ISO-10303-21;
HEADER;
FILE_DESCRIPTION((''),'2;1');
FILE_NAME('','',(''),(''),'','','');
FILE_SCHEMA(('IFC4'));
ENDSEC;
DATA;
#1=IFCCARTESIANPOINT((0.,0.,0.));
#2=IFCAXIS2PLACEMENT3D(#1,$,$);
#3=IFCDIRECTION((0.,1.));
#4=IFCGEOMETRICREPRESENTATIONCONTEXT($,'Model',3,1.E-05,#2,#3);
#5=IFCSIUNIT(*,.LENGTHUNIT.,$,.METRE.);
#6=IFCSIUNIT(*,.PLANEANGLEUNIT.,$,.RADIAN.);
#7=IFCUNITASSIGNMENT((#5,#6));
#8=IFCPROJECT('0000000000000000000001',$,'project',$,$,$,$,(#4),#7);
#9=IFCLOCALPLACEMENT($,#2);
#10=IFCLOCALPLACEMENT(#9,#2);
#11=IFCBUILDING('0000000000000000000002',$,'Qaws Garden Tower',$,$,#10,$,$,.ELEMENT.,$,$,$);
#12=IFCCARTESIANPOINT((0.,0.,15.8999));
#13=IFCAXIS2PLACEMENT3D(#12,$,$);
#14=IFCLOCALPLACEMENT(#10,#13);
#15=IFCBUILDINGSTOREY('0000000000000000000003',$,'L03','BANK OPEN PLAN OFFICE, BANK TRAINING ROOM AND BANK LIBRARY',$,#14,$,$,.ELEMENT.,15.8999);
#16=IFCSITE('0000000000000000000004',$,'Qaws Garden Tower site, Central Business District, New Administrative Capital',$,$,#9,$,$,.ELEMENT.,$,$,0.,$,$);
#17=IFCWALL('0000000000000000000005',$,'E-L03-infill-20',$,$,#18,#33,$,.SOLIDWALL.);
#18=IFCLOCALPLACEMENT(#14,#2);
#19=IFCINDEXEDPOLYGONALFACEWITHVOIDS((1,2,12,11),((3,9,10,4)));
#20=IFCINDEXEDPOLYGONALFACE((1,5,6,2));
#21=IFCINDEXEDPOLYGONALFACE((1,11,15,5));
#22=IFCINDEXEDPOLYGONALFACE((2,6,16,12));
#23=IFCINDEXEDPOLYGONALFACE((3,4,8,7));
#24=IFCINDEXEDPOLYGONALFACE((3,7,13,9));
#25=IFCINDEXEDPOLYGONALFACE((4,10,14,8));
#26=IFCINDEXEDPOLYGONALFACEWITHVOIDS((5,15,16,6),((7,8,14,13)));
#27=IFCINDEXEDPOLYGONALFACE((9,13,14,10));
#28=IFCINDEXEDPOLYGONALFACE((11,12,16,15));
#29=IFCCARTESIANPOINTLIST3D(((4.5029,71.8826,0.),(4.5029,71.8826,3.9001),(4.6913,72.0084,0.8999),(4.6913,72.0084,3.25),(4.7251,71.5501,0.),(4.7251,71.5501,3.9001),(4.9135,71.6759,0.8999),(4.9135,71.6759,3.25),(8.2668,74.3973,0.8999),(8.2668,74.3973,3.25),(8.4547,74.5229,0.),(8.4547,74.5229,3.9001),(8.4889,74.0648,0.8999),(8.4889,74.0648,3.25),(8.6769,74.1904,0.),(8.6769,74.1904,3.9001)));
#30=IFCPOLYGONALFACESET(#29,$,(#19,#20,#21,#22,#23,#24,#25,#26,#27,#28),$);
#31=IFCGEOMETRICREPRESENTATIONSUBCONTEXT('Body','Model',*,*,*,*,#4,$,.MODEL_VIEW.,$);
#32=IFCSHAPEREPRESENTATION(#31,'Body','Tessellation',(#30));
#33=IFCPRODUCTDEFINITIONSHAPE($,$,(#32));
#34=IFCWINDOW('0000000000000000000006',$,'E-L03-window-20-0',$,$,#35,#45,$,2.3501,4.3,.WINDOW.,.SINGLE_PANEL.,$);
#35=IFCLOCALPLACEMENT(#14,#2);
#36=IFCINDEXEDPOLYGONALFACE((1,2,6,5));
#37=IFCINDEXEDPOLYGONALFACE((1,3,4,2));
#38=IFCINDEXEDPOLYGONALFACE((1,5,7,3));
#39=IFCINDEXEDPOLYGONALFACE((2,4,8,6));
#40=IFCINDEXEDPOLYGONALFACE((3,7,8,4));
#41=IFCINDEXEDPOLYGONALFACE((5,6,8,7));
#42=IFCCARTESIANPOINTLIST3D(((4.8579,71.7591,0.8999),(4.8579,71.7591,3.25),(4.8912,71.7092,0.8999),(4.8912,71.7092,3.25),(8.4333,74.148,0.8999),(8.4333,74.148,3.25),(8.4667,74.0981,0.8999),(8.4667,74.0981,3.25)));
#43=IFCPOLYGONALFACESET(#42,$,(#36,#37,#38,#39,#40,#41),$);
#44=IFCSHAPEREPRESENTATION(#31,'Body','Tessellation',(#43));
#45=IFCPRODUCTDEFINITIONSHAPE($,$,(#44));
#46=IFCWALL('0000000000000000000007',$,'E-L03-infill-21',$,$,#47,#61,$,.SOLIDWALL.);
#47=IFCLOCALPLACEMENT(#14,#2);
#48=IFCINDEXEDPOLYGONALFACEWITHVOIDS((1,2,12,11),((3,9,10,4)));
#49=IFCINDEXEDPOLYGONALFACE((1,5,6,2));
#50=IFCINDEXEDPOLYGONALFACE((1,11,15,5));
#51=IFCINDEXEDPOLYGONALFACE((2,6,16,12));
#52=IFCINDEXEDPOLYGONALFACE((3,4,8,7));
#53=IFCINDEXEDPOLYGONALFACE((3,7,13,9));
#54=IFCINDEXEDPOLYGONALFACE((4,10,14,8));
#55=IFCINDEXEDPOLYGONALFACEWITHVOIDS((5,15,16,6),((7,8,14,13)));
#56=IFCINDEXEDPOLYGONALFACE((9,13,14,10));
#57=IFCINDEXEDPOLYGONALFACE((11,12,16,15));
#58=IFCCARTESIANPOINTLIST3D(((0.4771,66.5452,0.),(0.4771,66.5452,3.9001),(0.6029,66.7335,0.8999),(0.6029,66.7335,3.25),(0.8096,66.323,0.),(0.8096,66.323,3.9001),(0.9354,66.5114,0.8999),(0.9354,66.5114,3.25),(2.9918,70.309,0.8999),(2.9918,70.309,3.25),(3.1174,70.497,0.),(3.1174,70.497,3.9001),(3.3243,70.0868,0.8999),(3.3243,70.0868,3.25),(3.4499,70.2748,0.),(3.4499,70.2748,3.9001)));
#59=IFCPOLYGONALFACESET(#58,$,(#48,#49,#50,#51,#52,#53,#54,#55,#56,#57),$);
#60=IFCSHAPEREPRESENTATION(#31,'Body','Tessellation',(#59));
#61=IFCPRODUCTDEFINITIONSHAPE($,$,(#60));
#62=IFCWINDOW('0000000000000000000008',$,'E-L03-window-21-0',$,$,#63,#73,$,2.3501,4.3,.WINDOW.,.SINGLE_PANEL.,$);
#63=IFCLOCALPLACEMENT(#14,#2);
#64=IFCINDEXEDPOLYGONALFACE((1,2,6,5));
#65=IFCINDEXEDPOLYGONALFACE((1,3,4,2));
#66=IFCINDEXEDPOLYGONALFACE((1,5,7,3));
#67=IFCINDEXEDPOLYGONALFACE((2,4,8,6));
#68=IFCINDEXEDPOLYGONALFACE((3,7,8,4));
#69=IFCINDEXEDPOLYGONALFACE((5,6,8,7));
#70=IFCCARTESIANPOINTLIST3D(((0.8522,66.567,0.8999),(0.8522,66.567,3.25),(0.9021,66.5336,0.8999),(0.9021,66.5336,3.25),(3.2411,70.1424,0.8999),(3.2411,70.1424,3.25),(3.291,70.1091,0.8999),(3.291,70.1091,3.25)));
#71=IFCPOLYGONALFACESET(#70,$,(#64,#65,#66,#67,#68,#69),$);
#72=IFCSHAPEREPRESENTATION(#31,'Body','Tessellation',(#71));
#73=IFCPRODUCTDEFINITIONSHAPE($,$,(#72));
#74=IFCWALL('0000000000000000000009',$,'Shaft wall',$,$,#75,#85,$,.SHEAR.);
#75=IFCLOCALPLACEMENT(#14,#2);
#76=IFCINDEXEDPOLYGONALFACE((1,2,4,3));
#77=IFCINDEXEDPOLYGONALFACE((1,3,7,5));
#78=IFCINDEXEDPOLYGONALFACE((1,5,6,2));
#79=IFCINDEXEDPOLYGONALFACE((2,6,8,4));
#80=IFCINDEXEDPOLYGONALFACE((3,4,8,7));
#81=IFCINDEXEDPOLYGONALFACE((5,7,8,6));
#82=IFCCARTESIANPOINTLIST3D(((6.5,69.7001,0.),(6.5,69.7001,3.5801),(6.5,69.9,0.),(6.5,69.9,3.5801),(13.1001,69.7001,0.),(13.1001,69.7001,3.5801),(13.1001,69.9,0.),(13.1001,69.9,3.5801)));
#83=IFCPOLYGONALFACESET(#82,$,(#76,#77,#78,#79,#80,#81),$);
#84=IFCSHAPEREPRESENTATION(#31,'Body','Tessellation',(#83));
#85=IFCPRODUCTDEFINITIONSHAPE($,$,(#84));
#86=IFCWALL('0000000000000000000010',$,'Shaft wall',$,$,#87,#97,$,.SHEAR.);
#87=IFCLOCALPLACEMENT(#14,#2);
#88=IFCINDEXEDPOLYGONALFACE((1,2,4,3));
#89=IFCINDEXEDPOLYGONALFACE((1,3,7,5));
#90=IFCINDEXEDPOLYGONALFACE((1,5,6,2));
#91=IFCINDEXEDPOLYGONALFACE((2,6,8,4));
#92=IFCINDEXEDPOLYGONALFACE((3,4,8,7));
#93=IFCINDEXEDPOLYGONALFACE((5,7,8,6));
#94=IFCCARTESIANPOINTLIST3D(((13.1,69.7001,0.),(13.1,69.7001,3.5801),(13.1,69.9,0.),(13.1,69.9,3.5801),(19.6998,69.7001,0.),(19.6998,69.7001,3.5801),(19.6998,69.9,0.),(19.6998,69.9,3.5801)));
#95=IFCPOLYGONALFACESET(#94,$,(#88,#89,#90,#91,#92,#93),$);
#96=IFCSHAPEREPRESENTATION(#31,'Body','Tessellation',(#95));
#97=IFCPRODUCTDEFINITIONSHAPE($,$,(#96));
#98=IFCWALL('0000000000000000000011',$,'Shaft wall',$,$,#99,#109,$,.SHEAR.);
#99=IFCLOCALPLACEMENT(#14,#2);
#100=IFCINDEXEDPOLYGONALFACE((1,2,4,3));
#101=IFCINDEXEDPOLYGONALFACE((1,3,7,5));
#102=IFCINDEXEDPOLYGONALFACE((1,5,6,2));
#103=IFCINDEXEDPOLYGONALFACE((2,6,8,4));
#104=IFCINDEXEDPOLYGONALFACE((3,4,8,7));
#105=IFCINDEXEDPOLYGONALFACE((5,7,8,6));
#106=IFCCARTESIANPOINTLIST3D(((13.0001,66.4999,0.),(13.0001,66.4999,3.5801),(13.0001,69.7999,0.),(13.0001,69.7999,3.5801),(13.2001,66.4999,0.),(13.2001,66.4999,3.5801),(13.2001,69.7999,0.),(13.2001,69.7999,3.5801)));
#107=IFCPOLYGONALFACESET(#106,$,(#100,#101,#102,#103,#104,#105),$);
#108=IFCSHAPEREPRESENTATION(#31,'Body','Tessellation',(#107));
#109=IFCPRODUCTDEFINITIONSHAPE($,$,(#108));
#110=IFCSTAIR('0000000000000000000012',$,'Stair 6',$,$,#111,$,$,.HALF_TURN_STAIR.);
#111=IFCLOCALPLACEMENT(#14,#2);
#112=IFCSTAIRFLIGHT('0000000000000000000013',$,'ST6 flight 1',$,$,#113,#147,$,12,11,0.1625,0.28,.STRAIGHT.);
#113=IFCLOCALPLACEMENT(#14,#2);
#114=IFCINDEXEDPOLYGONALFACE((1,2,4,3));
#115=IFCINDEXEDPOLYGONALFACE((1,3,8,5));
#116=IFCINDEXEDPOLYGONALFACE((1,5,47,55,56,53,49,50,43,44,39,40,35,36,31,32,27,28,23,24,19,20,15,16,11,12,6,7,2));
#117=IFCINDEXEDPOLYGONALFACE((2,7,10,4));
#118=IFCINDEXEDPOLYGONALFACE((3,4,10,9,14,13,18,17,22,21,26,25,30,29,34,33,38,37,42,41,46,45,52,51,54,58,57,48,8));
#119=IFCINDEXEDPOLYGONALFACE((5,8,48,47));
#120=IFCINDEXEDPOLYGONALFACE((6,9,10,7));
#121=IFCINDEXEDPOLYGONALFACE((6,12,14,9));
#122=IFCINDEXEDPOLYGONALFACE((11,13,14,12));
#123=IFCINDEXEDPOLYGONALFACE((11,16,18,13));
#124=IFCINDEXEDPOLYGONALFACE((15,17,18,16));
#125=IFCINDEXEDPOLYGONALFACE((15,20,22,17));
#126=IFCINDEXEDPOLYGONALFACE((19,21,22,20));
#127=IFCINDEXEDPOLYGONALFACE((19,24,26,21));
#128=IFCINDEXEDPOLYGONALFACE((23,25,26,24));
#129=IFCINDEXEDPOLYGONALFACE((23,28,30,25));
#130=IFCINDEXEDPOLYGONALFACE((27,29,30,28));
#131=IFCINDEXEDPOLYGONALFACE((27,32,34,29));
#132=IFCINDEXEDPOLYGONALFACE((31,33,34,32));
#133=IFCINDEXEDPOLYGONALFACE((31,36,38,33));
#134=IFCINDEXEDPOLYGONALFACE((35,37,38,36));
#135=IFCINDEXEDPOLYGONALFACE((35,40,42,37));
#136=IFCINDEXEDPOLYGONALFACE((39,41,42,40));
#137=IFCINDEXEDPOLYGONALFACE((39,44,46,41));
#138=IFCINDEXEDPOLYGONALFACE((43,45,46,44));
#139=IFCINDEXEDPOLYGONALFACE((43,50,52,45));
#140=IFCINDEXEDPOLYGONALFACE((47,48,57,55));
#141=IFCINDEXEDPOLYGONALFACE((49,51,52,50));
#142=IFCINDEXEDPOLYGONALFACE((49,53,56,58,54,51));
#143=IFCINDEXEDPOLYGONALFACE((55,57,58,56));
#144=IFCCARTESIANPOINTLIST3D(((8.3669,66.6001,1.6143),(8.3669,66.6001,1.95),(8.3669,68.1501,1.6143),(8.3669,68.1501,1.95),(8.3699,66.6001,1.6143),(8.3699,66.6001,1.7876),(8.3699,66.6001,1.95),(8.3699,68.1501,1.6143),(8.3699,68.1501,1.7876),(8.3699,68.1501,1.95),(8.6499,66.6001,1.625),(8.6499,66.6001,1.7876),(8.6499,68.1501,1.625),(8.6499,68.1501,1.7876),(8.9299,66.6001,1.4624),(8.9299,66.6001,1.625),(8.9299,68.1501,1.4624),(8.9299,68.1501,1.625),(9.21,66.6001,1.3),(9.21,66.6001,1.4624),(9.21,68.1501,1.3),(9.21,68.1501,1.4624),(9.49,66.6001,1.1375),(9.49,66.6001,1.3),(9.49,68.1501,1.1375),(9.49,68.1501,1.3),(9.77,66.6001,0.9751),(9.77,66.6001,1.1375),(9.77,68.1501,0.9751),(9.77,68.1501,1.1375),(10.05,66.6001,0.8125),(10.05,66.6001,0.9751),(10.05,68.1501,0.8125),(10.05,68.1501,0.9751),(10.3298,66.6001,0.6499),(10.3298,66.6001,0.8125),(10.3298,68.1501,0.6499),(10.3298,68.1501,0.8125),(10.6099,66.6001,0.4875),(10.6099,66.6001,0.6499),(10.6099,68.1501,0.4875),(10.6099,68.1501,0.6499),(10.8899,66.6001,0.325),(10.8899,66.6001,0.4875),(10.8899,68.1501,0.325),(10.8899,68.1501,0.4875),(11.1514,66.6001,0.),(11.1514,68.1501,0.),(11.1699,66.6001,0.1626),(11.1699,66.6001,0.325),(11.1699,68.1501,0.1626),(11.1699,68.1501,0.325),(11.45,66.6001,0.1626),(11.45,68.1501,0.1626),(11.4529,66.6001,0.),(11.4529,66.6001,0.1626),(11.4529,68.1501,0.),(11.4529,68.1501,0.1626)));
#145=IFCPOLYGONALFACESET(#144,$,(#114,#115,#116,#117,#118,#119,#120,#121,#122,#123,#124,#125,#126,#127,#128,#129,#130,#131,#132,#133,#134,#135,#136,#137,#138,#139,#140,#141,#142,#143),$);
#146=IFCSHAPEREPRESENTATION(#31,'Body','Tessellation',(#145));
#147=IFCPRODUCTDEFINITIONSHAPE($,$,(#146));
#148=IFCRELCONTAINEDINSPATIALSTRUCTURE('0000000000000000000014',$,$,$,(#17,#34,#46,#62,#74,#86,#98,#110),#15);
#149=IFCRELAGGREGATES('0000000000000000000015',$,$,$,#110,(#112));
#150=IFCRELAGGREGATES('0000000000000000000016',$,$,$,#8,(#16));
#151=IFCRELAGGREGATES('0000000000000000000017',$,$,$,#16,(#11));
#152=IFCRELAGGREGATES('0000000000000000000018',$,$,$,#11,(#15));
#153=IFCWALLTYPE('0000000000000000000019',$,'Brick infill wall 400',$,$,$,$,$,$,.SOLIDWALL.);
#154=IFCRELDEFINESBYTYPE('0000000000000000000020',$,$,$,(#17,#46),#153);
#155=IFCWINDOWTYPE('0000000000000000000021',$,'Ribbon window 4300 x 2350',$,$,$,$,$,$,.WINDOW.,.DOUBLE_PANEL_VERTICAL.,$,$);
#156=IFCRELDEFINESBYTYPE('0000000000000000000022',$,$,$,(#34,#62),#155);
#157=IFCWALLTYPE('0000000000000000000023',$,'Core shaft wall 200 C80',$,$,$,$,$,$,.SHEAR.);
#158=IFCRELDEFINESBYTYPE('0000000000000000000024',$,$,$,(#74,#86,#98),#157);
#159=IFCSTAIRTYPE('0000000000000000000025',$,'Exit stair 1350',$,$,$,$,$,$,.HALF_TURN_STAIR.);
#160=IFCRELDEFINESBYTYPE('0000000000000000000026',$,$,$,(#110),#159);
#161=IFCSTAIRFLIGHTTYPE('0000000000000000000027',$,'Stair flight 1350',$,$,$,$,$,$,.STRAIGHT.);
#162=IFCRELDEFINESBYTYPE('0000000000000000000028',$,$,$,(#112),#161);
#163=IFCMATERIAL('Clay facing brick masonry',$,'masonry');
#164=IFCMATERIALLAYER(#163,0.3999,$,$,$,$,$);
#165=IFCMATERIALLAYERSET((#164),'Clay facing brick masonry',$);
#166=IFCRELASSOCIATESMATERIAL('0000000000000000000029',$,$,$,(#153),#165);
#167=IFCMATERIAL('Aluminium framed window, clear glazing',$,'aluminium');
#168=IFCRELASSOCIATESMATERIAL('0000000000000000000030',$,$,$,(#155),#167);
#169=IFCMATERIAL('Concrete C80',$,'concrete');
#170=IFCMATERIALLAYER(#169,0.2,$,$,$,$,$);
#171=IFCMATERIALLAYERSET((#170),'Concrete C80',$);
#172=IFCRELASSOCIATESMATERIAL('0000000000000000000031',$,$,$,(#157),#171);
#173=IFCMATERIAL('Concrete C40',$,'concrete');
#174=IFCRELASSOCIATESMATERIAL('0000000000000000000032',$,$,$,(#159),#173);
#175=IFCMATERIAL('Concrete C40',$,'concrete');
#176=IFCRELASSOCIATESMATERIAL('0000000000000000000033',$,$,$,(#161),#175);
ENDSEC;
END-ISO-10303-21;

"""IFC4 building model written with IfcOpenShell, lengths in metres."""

from ifc_helpers import new_model, si_unit, direction, frame, frame_2d, origin, place, context, subcontext, project, spatial, polyline, rectangle, outline, extrude, material, layer, layer_set, type_object, element, fill, aggregate, save


model = new_model("IFC4")

# Units and contexts
model_context = context("Model", 3, precision=1e-05, world=origin(), true_north=direction((0.0, 1.0)))
body_context = subcontext(model_context, "Body", "Model", "MODEL_VIEW")
ifc_project = project(units=[si_unit("LENGTHUNIT", "METRE"), si_unit("PLANEANGLEUNIT", "RADIAN")], contexts=[model_context])

# Site, building, storey
site_placement = place(None, origin())
site = spatial("IfcSite", under=ifc_project, at=site_placement, Name="Qaws Garden Tower site, Central Business District, New Administrative Capital", CompositionType="ELEMENT", RefElevation=0.0)
building_placement = place(site_placement, origin())
building = spatial("IfcBuilding", under=site, at=building_placement, Name="Qaws Garden Tower", CompositionType="ELEMENT")
storey_placement = place(building_placement, frame((0.0, 0.0, 15.8999)))
storey = spatial("IfcBuildingStorey", under=building, at=storey_placement, Name="L03", Description="BANK OPEN PLAN OFFICE, BANK TRAINING ROOM AND BANK LIBRARY", CompositionType="ELEMENT", Elevation=15.8999)

# Walls, openings, windows
ifc_material_1 = material(Name="Clay facing brick masonry", Category="masonry")
ifc_layer_1 = layer(ifc_material_1, 0.3999)
ifc_layer_set_1 = layer_set([ifc_layer_1], Name="Clay facing brick masonry")
wall_type_1 = type_object("IfcWallType", Name="Brick infill wall 400", PredefinedType="SOLIDWALL", material=ifc_layer_set_1)
ifc_material_2 = material(Name="Aluminium framed window, clear glazing", Category="aluminium")
window_type = type_object("IfcWindowType", Name="Ribbon window 4300 x 2350", PartitioningType="DOUBLE_PANEL_VERTICAL", PredefinedType="WINDOW", material=ifc_material_2)
wall_1_placement = place(storey_placement, frame((8.5659, 74.3567, 0.0), z_axis=(0.0, 0.0, 1.0), x_axis=(-0.831489, -0.555542, 0.0)))
wall_1 = element("IfcWall", 1, at=wall_1_placement, inside=storey, type_object=wall_type_1, Name="E-L03-infill-20", PredefinedType="SOLIDWALL", context=body_context, shape_type="SweptSolid", body=[
    extrude(rectangle(XDim=4.7527, YDim=0.3999, at=frame_2d((2.3765, 0.0))), origin(), (0.0, 0.0, 1.0), 3.9001),
])
opening_1_placement = place(wall_1_placement, frame((0.2263, 0.0, 0.8999)))
opening_1 = element("IfcOpeningElement", 2, at=opening_1_placement, cuts=wall_1, PredefinedType="OPENING", context=body_context, shape_type="SweptSolid", body=[
    extrude(rectangle(XDim=4.3, YDim=2.3501, at=frame_2d((2.1499, 1.175))), frame((0.0, 0.21, 0.0), z_axis=(0.0, -1.0, 0.0), x_axis=(1.0, 0.0, 0.0)), (0.0, 0.0, 1.0), 0.4199),
])
window_1_placement = place(opening_1_placement, origin())
window_1 = element("IfcWindow", 3, at=window_1_placement, inside=storey, type_object=window_type, Name="E-L03-window-20-0", OverallHeight=2.3501, OverallWidth=4.3, PartitioningType="SINGLE_PANEL", PredefinedType="WINDOW", context=body_context, shape_type="SweptSolid", body=[
    extrude(rectangle(XDim=4.3, YDim=2.3501, at=frame_2d((2.1499, 1.175))), frame((0.0, 0.1599, 0.0), z_axis=(0.0, -1.0, 0.0), x_axis=(1.0, 0.0, 0.0)), (0.0, 0.0, 1.0), 0.0601),
])
fill(opening_1, window_1)
wall_2_placement = place(storey_placement, frame((3.2837, 70.386, 0.0), z_axis=(0.0, 0.0, 1.0), x_axis=(-0.555542, -0.831489, 0.0)))
wall_2 = element("IfcWall", 4, at=wall_2_placement, inside=storey, type_object=wall_type_1, Name="E-L03-infill-21", PredefinedType="SOLIDWALL", context=body_context, shape_type="SweptSolid", body=[
    extrude(rectangle(XDim=4.7527, YDim=0.3999, at=frame_2d((2.3765, 0.0))), origin(), (0.0, 0.0, 1.0), 3.9001),
])
opening_2_placement = place(wall_2_placement, frame((0.2263, 0.0, 0.8999)))
opening_2 = element("IfcOpeningElement", 5, at=opening_2_placement, cuts=wall_2, PredefinedType="OPENING", context=body_context, shape_type="SweptSolid", body=[
    extrude(rectangle(XDim=4.3, YDim=2.3501, at=frame_2d((2.1499, 1.175))), frame((0.0, 0.21, 0.0), z_axis=(0.0, -1.0, 0.0), x_axis=(1.0, 0.0, 0.0)), (0.0, 0.0, 1.0), 0.4199),
])
window_2_placement = place(opening_2_placement, origin())
window_2 = element("IfcWindow", 6, at=window_2_placement, inside=storey, type_object=window_type, Name="E-L03-window-21-0", OverallHeight=2.3501, OverallWidth=4.3, PartitioningType="SINGLE_PANEL", PredefinedType="WINDOW", context=body_context, shape_type="SweptSolid", body=[
    extrude(rectangle(XDim=4.3, YDim=2.3501, at=frame_2d((2.1499, 1.175))), frame((0.0, 0.1599, 0.0), z_axis=(0.0, -1.0, 0.0), x_axis=(1.0, 0.0, 0.0)), (0.0, 0.0, 1.0), 0.0601),
])
fill(opening_2, window_2)

# Walls
ifc_material_3 = material(Name="Concrete C80", Category="concrete")
ifc_layer_2 = layer(ifc_material_3, 0.2)
ifc_layer_set_2 = layer_set([ifc_layer_2], Name="Concrete C80")
wall_type_2 = type_object("IfcWallType", Name="Core shaft wall 200 C80", PredefinedType="SHEAR", material=ifc_layer_set_2)
wall_3_placement = place(storey_placement, frame((6.5, 69.8, 0.0), z_axis=(0.0, 0.0, 1.0), x_axis=(1.0, 0.0, 0.0)))
element("IfcWall", 7, at=wall_3_placement, inside=storey, type_object=wall_type_2, Name="Shaft wall", PredefinedType="SHEAR", context=body_context, shape_type="SweptSolid", body=[
    extrude(rectangle(XDim=6.6001, YDim=0.2, at=frame_2d((3.3, 0.0))), origin(), (0.0, 0.0, 1.0), 3.5801),
])
wall_4_placement = place(storey_placement, frame((13.1001, 69.8, 0.0), z_axis=(0.0, 0.0, 1.0), x_axis=(1.0, 0.0, 0.0)))
element("IfcWall", 8, at=wall_4_placement, inside=storey, type_object=wall_type_2, Name="Shaft wall", PredefinedType="SHEAR", context=body_context, shape_type="SweptSolid", body=[
    extrude(rectangle(XDim=6.5999, YDim=0.2, at=frame_2d((3.2998, 0.0))), origin(), (0.0, 0.0, 1.0), 3.5801),
])
wall_5_placement = place(storey_placement, frame((13.1001, 66.5, 0.0), z_axis=(0.0, 0.0, 1.0), x_axis=(0.0, 1.0, 0.0)))
element("IfcWall", 9, at=wall_5_placement, inside=storey, type_object=wall_type_2, Name="Shaft wall", PredefinedType="SHEAR", context=body_context, shape_type="SweptSolid", body=[
    extrude(rectangle(XDim=3.3, YDim=0.2, at=frame_2d((1.6499, 0.0))), origin(), (0.0, 0.0, 1.0), 3.5801),
])

# Stair, stair flight
ifc_material_4 = material(Name="Concrete C40", Category="concrete")
stair_type = type_object("IfcStairType", Name="Exit stair 1350", PredefinedType="HALF_TURN_STAIR", material=ifc_material_4)
placement = place(storey_placement, origin())
stair_1 = element("IfcStair", 10, at=placement, inside=storey, type_object=stair_type, Name="Stair 6", PredefinedType="HALF_TURN_STAIR")
ifc_material_5 = material(Name="Concrete C40", Category="concrete")
stair_flight_type = type_object("IfcStairFlightType", Name="Stair flight 1350", PredefinedType="STRAIGHT", material=ifc_material_5)
stair_flight_1_placement = place(storey_placement, frame((11.45, 67.375, 0.0), z_axis=(0.0, 0.0, 1.0), x_axis=(-1.0, 0.0, 0.0)))
stair_flight_1 = element("IfcStairFlight", 11, at=stair_flight_1_placement, type_object=stair_flight_type, Name="ST6 flight 1", NumberOfRisers=12, NumberOfTreads=11, PredefinedType="STRAIGHT", RiserHeight=0.1625, TreadLength=0.28, context=body_context, shape_type="SweptSolid", body=[
    extrude(outline(polyline([(-0.0029, 0.0), (-0.0029, 0.1626), (0.0, 0.1626), (0.28, 0.1626), (0.28, 0.325), (0.5601, 0.325), (0.5601, 0.4875), (0.8401, 0.4875), (0.8401, 0.6499), (1.1201, 0.6499), (1.1201, 0.8125), (1.3999, 0.8125), (1.3999, 0.9751), (1.6799, 0.9751), (1.6799, 1.1375), (1.96, 1.1375), (1.96, 1.3), (2.24, 1.3), (2.24, 1.4624), (2.52, 1.4624), (2.52, 1.625), (2.8, 1.625), (2.8, 1.7876), (3.0801, 1.7876), (3.0801, 1.95), (3.083, 1.95), (3.083, 1.6143), (3.0801, 1.6143), (0.2986, 0.0), (-0.0029, 0.0)])), frame((0.0, 0.7749, 0.0), z_axis=(0.0, -1.0, 0.0), x_axis=(1.0, 0.0, 0.0)), (0.0, 0.0, 1.0), 1.55),
])
aggregate(stair_1, [stair_flight_1])

save(model, "model.ifc")
